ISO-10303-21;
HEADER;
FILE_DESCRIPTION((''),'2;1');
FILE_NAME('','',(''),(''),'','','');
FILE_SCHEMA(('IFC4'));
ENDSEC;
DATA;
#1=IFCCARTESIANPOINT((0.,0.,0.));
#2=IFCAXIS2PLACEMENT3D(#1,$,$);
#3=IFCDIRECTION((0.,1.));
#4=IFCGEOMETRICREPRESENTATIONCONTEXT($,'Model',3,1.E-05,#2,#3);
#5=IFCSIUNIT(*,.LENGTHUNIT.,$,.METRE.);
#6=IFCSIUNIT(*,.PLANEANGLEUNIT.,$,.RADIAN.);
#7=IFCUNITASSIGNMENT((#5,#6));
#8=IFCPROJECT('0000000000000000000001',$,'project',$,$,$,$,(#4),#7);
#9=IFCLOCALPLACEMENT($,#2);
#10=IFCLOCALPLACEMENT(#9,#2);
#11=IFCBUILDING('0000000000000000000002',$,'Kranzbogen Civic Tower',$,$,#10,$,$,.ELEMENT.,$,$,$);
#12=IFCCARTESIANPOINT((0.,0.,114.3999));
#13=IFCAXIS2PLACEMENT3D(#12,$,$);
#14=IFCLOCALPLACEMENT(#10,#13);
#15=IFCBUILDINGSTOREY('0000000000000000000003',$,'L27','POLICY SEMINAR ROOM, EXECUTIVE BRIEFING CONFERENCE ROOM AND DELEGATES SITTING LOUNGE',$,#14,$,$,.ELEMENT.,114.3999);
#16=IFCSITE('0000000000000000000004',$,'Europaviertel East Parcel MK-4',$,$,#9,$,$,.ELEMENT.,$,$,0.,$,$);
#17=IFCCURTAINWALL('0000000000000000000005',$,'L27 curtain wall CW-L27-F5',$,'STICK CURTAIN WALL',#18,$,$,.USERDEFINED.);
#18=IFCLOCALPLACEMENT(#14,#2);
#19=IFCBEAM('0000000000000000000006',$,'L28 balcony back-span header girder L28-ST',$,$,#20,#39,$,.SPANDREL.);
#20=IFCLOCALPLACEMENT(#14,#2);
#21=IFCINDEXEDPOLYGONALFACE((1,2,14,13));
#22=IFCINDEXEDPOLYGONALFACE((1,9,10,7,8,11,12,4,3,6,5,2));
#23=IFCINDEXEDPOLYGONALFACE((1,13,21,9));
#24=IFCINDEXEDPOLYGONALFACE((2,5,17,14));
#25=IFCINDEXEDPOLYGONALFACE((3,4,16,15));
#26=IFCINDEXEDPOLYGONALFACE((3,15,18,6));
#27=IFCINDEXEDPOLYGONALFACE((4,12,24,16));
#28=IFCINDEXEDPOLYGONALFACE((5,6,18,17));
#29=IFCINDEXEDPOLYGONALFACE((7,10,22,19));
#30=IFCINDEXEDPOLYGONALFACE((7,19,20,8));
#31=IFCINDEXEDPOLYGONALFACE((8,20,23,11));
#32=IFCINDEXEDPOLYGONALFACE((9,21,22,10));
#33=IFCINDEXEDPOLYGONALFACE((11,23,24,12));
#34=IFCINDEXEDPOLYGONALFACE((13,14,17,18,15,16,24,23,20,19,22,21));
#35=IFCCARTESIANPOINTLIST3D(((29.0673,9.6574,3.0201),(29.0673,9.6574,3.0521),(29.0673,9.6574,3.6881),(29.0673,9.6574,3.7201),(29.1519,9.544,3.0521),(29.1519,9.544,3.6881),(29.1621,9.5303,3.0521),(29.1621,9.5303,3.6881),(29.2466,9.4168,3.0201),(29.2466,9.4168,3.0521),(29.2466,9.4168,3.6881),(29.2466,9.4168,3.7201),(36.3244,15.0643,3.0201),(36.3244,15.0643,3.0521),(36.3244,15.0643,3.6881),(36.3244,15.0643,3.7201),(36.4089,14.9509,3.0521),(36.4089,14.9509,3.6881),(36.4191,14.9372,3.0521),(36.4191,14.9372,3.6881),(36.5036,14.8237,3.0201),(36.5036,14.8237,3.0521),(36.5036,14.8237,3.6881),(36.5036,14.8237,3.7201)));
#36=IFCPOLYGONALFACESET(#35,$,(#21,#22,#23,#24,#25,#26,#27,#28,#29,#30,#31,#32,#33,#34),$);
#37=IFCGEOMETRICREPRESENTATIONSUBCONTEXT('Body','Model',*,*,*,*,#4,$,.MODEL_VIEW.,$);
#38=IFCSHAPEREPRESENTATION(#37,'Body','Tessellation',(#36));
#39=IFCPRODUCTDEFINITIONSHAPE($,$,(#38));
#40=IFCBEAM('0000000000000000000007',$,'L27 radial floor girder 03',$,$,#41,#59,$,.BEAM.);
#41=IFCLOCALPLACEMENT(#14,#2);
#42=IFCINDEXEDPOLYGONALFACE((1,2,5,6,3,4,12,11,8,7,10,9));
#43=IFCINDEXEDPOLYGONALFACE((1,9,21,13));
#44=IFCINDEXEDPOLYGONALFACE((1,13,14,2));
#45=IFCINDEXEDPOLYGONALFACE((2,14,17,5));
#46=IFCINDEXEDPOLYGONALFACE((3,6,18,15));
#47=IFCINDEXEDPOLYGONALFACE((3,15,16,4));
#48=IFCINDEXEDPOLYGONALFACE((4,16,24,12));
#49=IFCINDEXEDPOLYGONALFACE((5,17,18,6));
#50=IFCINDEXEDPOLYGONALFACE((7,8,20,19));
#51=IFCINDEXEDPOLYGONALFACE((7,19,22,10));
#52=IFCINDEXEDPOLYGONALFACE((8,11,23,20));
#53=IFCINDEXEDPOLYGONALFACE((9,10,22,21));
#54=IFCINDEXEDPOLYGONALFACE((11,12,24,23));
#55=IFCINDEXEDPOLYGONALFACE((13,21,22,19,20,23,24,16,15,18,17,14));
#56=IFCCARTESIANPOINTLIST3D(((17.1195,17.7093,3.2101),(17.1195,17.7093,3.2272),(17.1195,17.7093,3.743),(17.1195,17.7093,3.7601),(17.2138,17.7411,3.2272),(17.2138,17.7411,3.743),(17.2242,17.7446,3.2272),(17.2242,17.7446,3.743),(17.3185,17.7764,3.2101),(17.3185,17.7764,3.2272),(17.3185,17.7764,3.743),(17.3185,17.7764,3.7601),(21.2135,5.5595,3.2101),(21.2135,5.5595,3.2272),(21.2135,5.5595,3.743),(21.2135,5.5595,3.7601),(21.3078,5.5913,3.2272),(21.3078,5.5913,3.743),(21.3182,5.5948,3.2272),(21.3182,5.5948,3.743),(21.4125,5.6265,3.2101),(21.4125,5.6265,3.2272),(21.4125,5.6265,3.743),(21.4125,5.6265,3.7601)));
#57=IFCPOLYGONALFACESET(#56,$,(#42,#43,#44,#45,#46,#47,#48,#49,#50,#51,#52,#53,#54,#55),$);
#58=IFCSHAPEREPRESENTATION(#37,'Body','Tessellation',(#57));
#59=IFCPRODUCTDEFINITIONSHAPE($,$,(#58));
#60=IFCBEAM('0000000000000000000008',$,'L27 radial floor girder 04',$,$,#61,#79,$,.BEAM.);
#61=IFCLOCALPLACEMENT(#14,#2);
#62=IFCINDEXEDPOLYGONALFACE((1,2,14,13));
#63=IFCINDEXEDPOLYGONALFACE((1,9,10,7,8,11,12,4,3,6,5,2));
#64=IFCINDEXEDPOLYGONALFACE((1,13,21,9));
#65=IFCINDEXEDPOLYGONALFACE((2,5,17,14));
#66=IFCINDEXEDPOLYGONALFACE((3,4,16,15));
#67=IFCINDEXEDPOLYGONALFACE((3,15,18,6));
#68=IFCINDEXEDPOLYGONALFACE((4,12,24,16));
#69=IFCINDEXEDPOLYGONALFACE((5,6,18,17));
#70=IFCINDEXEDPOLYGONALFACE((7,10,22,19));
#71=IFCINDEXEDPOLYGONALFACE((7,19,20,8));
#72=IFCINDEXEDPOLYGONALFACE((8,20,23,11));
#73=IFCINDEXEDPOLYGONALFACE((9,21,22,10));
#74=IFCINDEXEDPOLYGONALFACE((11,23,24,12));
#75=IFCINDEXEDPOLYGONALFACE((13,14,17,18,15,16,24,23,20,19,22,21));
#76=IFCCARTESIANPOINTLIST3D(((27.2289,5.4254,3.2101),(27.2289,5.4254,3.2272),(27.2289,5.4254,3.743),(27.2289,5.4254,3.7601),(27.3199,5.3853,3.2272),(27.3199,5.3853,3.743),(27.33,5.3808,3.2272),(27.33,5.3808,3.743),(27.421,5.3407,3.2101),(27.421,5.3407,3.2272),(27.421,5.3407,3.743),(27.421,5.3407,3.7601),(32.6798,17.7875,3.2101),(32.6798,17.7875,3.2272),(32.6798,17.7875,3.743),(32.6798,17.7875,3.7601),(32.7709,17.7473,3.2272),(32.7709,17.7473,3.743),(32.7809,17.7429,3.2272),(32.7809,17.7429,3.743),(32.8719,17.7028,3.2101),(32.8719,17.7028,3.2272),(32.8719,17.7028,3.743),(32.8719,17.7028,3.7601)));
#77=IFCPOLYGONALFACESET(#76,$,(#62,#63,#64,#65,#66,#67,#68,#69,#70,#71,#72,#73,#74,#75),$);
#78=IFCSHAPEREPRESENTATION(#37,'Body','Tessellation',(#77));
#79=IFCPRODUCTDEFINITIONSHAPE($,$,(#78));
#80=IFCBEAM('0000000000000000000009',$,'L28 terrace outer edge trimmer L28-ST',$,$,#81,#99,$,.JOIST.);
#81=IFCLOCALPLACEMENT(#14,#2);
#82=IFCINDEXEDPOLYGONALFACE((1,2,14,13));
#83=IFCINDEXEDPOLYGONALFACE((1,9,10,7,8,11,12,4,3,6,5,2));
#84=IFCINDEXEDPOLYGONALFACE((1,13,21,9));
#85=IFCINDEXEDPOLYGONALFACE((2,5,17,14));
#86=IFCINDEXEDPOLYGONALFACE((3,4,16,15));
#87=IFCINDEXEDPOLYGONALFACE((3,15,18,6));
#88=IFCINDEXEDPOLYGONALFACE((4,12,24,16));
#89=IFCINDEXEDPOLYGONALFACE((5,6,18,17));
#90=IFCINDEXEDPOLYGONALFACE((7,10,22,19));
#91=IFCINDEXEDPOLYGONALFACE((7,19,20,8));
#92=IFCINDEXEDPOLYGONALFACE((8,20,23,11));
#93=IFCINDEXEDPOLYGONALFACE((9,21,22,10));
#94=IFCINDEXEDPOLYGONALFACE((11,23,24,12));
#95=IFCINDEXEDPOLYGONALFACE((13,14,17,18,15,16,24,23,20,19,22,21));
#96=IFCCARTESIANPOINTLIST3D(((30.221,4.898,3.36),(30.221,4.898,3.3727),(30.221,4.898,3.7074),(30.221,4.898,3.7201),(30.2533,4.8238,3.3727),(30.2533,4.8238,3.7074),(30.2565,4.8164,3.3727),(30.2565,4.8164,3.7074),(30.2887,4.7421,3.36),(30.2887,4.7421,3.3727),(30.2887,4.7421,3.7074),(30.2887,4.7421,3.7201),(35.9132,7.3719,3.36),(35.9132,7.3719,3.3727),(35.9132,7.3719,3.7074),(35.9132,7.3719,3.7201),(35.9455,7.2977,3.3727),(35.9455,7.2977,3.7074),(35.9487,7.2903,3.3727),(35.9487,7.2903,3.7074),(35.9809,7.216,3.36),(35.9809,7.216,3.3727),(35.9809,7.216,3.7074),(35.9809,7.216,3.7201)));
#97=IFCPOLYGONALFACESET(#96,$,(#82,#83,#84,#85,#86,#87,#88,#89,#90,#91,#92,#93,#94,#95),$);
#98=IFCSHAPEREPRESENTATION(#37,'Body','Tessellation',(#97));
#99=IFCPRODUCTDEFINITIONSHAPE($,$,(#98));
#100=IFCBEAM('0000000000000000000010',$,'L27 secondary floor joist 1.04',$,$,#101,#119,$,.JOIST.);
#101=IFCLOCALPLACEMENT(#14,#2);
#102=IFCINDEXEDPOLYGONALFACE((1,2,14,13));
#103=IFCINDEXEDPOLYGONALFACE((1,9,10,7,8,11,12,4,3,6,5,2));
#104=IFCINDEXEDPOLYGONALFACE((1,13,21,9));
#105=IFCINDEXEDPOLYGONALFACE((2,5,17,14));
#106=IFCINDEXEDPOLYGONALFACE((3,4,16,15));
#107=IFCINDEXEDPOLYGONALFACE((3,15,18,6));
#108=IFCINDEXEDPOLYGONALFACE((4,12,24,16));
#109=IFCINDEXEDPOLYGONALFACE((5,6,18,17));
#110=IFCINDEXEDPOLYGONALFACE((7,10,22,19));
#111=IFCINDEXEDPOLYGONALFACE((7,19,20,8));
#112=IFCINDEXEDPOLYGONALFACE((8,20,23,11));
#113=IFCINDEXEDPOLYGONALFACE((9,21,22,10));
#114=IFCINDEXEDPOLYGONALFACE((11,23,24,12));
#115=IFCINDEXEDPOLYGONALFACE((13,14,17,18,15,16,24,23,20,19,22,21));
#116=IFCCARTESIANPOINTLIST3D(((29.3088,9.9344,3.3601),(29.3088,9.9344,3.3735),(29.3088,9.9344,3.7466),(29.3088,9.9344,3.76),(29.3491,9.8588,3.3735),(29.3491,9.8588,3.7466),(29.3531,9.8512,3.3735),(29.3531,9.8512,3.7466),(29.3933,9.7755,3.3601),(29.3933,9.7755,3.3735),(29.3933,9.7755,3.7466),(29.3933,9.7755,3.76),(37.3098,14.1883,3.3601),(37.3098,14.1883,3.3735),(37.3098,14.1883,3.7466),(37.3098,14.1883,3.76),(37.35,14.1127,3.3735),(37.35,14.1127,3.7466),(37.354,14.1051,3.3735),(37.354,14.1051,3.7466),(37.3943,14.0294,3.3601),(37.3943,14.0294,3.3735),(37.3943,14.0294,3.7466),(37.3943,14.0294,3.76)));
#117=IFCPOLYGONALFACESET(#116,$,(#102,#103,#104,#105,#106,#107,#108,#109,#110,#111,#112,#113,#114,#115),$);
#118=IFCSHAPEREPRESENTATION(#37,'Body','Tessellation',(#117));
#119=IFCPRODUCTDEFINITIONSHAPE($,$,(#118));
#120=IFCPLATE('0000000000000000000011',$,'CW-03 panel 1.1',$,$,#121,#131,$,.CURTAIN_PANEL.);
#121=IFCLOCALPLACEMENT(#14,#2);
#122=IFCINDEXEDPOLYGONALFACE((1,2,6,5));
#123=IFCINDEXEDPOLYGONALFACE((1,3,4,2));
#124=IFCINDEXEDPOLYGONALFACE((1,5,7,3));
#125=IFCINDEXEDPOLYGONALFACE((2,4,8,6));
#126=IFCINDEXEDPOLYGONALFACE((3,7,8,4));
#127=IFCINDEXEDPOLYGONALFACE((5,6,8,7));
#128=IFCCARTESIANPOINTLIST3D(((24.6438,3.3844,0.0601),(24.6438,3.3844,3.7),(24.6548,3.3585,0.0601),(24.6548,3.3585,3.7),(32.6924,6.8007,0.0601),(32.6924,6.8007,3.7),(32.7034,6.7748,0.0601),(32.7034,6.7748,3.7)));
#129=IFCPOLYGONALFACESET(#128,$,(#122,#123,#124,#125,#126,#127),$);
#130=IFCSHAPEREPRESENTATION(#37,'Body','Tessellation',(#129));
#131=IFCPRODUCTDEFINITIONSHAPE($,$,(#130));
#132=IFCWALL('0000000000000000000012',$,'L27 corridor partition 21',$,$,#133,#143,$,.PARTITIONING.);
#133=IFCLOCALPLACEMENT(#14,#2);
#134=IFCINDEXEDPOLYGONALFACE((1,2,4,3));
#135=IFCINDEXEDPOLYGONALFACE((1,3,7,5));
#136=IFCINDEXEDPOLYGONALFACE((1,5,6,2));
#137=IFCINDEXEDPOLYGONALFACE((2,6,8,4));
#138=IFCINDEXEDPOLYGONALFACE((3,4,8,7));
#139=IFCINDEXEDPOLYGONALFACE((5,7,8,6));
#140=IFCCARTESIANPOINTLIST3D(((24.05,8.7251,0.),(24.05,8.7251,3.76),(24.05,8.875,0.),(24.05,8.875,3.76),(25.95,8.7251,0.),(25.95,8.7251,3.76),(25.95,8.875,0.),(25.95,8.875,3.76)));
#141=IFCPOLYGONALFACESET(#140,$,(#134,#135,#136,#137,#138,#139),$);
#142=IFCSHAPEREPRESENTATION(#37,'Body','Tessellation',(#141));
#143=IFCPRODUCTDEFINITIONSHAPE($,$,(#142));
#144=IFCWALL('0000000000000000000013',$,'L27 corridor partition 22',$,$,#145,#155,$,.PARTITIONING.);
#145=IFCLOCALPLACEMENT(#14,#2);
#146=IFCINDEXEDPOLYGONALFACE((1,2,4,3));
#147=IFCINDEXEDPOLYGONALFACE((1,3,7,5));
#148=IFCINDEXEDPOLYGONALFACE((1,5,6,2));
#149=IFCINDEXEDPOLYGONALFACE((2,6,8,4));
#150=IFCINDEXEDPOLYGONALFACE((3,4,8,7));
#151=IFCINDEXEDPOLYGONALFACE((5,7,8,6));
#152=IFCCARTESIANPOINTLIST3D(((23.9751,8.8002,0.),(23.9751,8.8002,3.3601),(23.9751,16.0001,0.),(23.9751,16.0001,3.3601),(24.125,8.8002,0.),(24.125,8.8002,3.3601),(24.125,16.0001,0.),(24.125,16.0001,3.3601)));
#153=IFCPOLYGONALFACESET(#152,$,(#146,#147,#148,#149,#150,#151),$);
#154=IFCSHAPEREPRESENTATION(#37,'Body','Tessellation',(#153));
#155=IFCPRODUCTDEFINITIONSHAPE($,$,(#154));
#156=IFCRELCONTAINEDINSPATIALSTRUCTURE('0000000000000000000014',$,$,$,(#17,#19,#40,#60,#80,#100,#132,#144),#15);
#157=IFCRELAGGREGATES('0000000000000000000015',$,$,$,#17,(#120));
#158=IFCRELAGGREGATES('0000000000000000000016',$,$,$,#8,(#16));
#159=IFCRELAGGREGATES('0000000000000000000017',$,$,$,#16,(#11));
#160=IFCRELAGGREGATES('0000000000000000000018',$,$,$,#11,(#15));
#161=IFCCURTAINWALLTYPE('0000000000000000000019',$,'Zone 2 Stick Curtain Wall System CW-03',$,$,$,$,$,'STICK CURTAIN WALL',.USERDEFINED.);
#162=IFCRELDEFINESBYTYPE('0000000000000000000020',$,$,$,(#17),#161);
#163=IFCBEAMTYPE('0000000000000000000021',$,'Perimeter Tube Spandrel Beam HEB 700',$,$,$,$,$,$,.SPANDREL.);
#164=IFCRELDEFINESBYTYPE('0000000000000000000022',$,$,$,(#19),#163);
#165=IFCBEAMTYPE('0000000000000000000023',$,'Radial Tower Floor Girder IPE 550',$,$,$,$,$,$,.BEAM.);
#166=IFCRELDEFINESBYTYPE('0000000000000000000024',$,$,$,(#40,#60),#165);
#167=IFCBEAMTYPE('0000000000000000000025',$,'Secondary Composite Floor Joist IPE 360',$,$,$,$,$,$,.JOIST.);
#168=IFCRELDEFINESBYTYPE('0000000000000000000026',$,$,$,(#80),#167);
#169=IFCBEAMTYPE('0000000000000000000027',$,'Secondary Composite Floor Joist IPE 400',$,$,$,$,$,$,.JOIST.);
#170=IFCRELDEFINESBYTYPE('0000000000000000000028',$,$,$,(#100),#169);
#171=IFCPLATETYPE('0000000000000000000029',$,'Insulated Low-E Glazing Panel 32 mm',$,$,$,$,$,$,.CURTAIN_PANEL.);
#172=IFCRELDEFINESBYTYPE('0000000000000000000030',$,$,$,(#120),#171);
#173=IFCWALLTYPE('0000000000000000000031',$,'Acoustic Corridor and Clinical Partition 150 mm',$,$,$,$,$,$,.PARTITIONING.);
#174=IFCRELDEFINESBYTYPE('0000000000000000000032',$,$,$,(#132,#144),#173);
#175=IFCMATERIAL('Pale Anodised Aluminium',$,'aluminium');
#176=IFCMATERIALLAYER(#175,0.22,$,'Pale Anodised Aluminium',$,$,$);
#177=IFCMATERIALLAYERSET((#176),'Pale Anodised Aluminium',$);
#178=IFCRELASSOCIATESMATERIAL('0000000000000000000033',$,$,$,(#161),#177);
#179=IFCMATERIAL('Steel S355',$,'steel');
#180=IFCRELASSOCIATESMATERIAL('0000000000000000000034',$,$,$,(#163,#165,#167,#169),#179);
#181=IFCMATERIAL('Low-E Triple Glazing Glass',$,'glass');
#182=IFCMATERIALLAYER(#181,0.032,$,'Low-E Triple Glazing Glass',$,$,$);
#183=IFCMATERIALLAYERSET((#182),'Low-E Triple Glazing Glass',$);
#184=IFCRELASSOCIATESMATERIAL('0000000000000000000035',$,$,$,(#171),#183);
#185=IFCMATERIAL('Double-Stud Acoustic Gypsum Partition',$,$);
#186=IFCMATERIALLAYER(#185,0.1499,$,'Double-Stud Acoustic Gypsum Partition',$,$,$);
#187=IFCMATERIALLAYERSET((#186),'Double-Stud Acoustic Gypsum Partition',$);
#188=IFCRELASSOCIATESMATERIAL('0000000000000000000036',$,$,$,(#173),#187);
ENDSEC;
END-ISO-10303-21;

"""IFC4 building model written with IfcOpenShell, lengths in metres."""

from ifc_helpers import new_model, si_unit, direction, frame, frame_2d, origin, origin_2d, place, context, subcontext, project, spatial, rectangle, i_section, extrude, material, layer, layer_set, material_profile, profile_set, type_object, element, aggregate, save


model = new_model("IFC4")

# Units and contexts
model_context = context("Model", 3, precision=1e-05, world=origin(), true_north=direction((0.0, 1.0)))
body_context = subcontext(model_context, "Body", "Model", "MODEL_VIEW")
ifc_project = project(units=[si_unit("LENGTHUNIT", "METRE"), si_unit("PLANEANGLEUNIT", "RADIAN")], contexts=[model_context])

# Site, building, storey
site_placement = place(None, origin())
site = spatial("IfcSite", under=ifc_project, at=site_placement, Name="Europaviertel East Parcel MK-4", CompositionType="ELEMENT", RefElevation=0.0)
building_placement = place(site_placement, origin())
building = spatial("IfcBuilding", under=site, at=building_placement, Name="Kranzbogen Civic Tower", CompositionType="ELEMENT")
storey_placement = place(building_placement, frame((0.0, 0.0, 114.3999)))
storey = spatial("IfcBuildingStorey", under=building, at=storey_placement, Name="L27", Description="POLICY SEMINAR ROOM, EXECUTIVE BRIEFING CONFERENCE ROOM AND DELEGATES SITTING LOUNGE", CompositionType="ELEMENT", Elevation=114.3999)

# Curtain wall
ifc_material_1 = material(Name="Pale Anodised Aluminium", Category="aluminium")
ifc_layer_1 = layer(ifc_material_1, 0.22, Name="Pale Anodised Aluminium")
ifc_layer_set_1 = layer_set([ifc_layer_1], Name="Pale Anodised Aluminium")
curtain_wall_type = type_object("IfcCurtainWallType", Name="Zone 2 Stick Curtain Wall System CW-03", ElementType="STICK CURTAIN WALL", PredefinedType="USERDEFINED", material=ifc_layer_set_1)
curtain_wall_placement = place(storey_placement, origin())
curtain_wall = element("IfcCurtainWall", 1, at=curtain_wall_placement, inside=storey, type_object=curtain_wall_type, Name="L27 curtain wall CW-L27-F5", ObjectType="STICK CURTAIN WALL", PredefinedType="USERDEFINED")

# Beams
ifc_material_2 = material(Name="Steel S355", Category="steel")
ifc_material_profile_1 = material_profile(ifc_material_2, i_section(OverallWidth=0.3, OverallDepth=0.7, WebThickness=0.0171, FlangeThickness=0.032, at=origin_2d()), Name="HEB 700")
ifc_profile_set_1 = profile_set([ifc_material_profile_1], Name="Steel S355")
beam_type_1 = type_object("IfcBeamType", Name="Perimeter Tube Spandrel Beam HEB 700", PredefinedType="SPANDREL", material=ifc_profile_set_1)
beam_1_placement = place(storey_placement, frame((29.157, 9.5371, 3.3701), z_axis=(0.801896, 0.597463, 0.0), x_axis=(-0.597463, 0.801896, 0.0)))
element("IfcBeam", 2, at=beam_1_placement, inside=storey, type_object=beam_type_1, Name="L28 balcony back-span header girder L28-ST", PredefinedType="SPANDREL", context=body_context, shape_type="SweptSolid", body=[
    extrude(i_section(OverallWidth=0.3, OverallDepth=0.7, WebThickness=0.0171, FlangeThickness=0.032, at=origin_2d()), origin(), (0.0, 0.0, 1.0), 9.0498),
])
ifc_material_profile_2 = material_profile(ifc_material_2, i_section(OverallWidth=0.21, OverallDepth=0.55, WebThickness=0.011, FlangeThickness=0.0171, at=origin_2d()), Name="IPE 550")
ifc_profile_set_2 = profile_set([ifc_material_profile_2], Name="Steel S355")
beam_type_2 = type_object("IfcBeamType", Name="Radial Tower Floor Girder IPE 550", PredefinedType="BEAM", material=ifc_profile_set_2)
beam_2_placement = place(storey_placement, frame((21.313, 5.593, 3.4851), z_axis=(-0.319317, 0.947648, 0.0), x_axis=(-0.947648, -0.319317, 0.0)))
element("IfcBeam", 3, at=beam_2_placement, inside=storey, type_object=beam_type_2, Name="L27 radial floor girder 03", PredefinedType="BEAM", context=body_context, shape_type="SweptSolid", body=[
    extrude(i_section(OverallWidth=0.21, OverallDepth=0.55, WebThickness=0.011, FlangeThickness=0.0171, at=origin_2d()), origin(), (0.0, 0.0, 1.0), 12.821),
])
beam_3_placement = place(storey_placement, frame((27.325, 5.3831, 3.4851), z_axis=(0.403459, 0.914998, 0.0), x_axis=(-0.914998, 0.403459, 0.0)))
element("IfcBeam", 4, at=beam_3_placement, inside=storey, type_object=beam_type_2, Name="L27 radial floor girder 04", PredefinedType="BEAM", context=body_context, shape_type="SweptSolid", body=[
    extrude(i_section(OverallWidth=0.21, OverallDepth=0.55, WebThickness=0.011, FlangeThickness=0.0171, at=origin_2d()), origin(), (0.0, 0.0, 1.0), 13.5105),
])
ifc_material_profile_3 = material_profile(ifc_material_2, i_section(OverallWidth=0.1699, OverallDepth=0.3601, WebThickness=0.0081, FlangeThickness=0.0127, at=origin_2d()), Name="IPE 360")
ifc_profile_set_3 = profile_set([ifc_material_profile_3], Name="Steel S355")
beam_type_3 = type_object("IfcBeamType", Name="Secondary Composite Floor Joist IPE 360", PredefinedType="JOIST", material=ifc_profile_set_3)
beam_4_placement = place(storey_placement, frame((30.2549, 4.8201, 3.54), z_axis=(0.917127, 0.398595, 0.0), x_axis=(-0.398595, 0.917127, 0.0)))
element("IfcBeam", 5, at=beam_4_placement, inside=storey, type_object=beam_type_3, Name="L28 terrace outer edge trimmer L28-ST", PredefinedType="JOIST", context=body_context, shape_type="SweptSolid", body=[
    extrude(i_section(OverallWidth=0.1699, OverallDepth=0.3601, WebThickness=0.0081, FlangeThickness=0.0127, at=origin_2d()), origin(), (0.0, 0.0, 1.0), 6.2065),
])
ifc_material_profile_4 = material_profile(ifc_material_2, i_section(OverallWidth=0.1799, OverallDepth=0.3999, WebThickness=0.0085, FlangeThickness=0.0134, at=origin_2d()), Name="IPE 400")
ifc_profile_set_4 = profile_set([ifc_material_profile_4], Name="Steel S355")
beam_type_4 = type_object("IfcBeamType", Name="Secondary Composite Floor Joist IPE 400", PredefinedType="JOIST", material=ifc_profile_set_4)
beam_5_placement = place(storey_placement, frame((29.3511, 9.855, 3.5601), z_axis=(0.882961, 0.469447, 0.0), x_axis=(-0.469447, 0.882961, 0.0)))
element("IfcBeam", 6, at=beam_5_placement, inside=storey, type_object=beam_type_4, Name="L27 secondary floor joist 1.04", PredefinedType="JOIST", context=body_context, shape_type="SweptSolid", body=[
    extrude(i_section(OverallWidth=0.1799, OverallDepth=0.3999, WebThickness=0.0085, FlangeThickness=0.0134, at=origin_2d()), origin(), (0.0, 0.0, 1.0), 9.0615),
])

# Plate
ifc_material_3 = material(Name="Low-E Triple Glazing Glass", Category="glass")
ifc_layer_2 = layer(ifc_material_3, 0.032, Name="Low-E Triple Glazing Glass")
ifc_layer_set_2 = layer_set([ifc_layer_2], Name="Low-E Triple Glazing Glass")
plate_type = type_object("IfcPlateType", Name="Insulated Low-E Glazing Panel 32 mm", PredefinedType="CURTAIN_PANEL", material=ifc_layer_set_2)
plate_placement = place(storey_placement, frame((28.6736, 5.0796, 0.0601), z_axis=(0.0, 0.0, 1.0), x_axis=(0.92051, 0.39072, 0.0)))
plate = element("IfcPlate", 7, at=plate_placement, type_object=plate_type, Name="CW-03 panel 1.1", PredefinedType="CURTAIN_PANEL", context=body_context, shape_type="SweptSolid", body=[
    extrude(rectangle(XDim=8.7437, YDim=0.0281, at=origin_2d()), origin(), (0.0, 0.0, 1.0), 3.6399),
])
aggregate(curtain_wall, [plate])

# Walls
ifc_material_4 = material(Name="Double-Stud Acoustic Gypsum Partition")
ifc_layer_3 = layer(ifc_material_4, 0.1499, Name="Double-Stud Acoustic Gypsum Partition")
ifc_layer_set_3 = layer_set([ifc_layer_3], Name="Double-Stud Acoustic Gypsum Partition")
wall_type = type_object("IfcWallType", Name="Acoustic Corridor and Clinical Partition 150 mm", PredefinedType="PARTITIONING", material=ifc_layer_set_3)
wall_1_placement = place(storey_placement, frame((25.95, 8.8, 0.0), z_axis=(0.0, 0.0, 1.0), x_axis=(-1.0, 0.0, 0.0)))
element("IfcWall", 8, at=wall_1_placement, inside=storey, type_object=wall_type, Name="L27 corridor partition 21", PredefinedType="PARTITIONING", context=body_context, shape_type="SweptSolid", body=[
    extrude(rectangle(XDim=1.8999, YDim=0.1499, at=frame_2d((0.95, 0.0))), origin(), (0.0, 0.0, 1.0), 3.76),
])
wall_2_placement = place(storey_placement, frame((24.05, 8.8, 0.0), z_axis=(0.0, 0.0, 1.0), x_axis=(0.0, 1.0, 0.0)))
element("IfcWall", 9, at=wall_2_placement, inside=storey, type_object=wall_type, Name="L27 corridor partition 22", PredefinedType="PARTITIONING", context=body_context, shape_type="SweptSolid", body=[
    extrude(rectangle(XDim=7.2, YDim=0.1499, at=frame_2d((3.6001, 0.0))), origin(), (0.0, 0.0, 1.0), 3.3601),
])

save(model, "model.ifc")
